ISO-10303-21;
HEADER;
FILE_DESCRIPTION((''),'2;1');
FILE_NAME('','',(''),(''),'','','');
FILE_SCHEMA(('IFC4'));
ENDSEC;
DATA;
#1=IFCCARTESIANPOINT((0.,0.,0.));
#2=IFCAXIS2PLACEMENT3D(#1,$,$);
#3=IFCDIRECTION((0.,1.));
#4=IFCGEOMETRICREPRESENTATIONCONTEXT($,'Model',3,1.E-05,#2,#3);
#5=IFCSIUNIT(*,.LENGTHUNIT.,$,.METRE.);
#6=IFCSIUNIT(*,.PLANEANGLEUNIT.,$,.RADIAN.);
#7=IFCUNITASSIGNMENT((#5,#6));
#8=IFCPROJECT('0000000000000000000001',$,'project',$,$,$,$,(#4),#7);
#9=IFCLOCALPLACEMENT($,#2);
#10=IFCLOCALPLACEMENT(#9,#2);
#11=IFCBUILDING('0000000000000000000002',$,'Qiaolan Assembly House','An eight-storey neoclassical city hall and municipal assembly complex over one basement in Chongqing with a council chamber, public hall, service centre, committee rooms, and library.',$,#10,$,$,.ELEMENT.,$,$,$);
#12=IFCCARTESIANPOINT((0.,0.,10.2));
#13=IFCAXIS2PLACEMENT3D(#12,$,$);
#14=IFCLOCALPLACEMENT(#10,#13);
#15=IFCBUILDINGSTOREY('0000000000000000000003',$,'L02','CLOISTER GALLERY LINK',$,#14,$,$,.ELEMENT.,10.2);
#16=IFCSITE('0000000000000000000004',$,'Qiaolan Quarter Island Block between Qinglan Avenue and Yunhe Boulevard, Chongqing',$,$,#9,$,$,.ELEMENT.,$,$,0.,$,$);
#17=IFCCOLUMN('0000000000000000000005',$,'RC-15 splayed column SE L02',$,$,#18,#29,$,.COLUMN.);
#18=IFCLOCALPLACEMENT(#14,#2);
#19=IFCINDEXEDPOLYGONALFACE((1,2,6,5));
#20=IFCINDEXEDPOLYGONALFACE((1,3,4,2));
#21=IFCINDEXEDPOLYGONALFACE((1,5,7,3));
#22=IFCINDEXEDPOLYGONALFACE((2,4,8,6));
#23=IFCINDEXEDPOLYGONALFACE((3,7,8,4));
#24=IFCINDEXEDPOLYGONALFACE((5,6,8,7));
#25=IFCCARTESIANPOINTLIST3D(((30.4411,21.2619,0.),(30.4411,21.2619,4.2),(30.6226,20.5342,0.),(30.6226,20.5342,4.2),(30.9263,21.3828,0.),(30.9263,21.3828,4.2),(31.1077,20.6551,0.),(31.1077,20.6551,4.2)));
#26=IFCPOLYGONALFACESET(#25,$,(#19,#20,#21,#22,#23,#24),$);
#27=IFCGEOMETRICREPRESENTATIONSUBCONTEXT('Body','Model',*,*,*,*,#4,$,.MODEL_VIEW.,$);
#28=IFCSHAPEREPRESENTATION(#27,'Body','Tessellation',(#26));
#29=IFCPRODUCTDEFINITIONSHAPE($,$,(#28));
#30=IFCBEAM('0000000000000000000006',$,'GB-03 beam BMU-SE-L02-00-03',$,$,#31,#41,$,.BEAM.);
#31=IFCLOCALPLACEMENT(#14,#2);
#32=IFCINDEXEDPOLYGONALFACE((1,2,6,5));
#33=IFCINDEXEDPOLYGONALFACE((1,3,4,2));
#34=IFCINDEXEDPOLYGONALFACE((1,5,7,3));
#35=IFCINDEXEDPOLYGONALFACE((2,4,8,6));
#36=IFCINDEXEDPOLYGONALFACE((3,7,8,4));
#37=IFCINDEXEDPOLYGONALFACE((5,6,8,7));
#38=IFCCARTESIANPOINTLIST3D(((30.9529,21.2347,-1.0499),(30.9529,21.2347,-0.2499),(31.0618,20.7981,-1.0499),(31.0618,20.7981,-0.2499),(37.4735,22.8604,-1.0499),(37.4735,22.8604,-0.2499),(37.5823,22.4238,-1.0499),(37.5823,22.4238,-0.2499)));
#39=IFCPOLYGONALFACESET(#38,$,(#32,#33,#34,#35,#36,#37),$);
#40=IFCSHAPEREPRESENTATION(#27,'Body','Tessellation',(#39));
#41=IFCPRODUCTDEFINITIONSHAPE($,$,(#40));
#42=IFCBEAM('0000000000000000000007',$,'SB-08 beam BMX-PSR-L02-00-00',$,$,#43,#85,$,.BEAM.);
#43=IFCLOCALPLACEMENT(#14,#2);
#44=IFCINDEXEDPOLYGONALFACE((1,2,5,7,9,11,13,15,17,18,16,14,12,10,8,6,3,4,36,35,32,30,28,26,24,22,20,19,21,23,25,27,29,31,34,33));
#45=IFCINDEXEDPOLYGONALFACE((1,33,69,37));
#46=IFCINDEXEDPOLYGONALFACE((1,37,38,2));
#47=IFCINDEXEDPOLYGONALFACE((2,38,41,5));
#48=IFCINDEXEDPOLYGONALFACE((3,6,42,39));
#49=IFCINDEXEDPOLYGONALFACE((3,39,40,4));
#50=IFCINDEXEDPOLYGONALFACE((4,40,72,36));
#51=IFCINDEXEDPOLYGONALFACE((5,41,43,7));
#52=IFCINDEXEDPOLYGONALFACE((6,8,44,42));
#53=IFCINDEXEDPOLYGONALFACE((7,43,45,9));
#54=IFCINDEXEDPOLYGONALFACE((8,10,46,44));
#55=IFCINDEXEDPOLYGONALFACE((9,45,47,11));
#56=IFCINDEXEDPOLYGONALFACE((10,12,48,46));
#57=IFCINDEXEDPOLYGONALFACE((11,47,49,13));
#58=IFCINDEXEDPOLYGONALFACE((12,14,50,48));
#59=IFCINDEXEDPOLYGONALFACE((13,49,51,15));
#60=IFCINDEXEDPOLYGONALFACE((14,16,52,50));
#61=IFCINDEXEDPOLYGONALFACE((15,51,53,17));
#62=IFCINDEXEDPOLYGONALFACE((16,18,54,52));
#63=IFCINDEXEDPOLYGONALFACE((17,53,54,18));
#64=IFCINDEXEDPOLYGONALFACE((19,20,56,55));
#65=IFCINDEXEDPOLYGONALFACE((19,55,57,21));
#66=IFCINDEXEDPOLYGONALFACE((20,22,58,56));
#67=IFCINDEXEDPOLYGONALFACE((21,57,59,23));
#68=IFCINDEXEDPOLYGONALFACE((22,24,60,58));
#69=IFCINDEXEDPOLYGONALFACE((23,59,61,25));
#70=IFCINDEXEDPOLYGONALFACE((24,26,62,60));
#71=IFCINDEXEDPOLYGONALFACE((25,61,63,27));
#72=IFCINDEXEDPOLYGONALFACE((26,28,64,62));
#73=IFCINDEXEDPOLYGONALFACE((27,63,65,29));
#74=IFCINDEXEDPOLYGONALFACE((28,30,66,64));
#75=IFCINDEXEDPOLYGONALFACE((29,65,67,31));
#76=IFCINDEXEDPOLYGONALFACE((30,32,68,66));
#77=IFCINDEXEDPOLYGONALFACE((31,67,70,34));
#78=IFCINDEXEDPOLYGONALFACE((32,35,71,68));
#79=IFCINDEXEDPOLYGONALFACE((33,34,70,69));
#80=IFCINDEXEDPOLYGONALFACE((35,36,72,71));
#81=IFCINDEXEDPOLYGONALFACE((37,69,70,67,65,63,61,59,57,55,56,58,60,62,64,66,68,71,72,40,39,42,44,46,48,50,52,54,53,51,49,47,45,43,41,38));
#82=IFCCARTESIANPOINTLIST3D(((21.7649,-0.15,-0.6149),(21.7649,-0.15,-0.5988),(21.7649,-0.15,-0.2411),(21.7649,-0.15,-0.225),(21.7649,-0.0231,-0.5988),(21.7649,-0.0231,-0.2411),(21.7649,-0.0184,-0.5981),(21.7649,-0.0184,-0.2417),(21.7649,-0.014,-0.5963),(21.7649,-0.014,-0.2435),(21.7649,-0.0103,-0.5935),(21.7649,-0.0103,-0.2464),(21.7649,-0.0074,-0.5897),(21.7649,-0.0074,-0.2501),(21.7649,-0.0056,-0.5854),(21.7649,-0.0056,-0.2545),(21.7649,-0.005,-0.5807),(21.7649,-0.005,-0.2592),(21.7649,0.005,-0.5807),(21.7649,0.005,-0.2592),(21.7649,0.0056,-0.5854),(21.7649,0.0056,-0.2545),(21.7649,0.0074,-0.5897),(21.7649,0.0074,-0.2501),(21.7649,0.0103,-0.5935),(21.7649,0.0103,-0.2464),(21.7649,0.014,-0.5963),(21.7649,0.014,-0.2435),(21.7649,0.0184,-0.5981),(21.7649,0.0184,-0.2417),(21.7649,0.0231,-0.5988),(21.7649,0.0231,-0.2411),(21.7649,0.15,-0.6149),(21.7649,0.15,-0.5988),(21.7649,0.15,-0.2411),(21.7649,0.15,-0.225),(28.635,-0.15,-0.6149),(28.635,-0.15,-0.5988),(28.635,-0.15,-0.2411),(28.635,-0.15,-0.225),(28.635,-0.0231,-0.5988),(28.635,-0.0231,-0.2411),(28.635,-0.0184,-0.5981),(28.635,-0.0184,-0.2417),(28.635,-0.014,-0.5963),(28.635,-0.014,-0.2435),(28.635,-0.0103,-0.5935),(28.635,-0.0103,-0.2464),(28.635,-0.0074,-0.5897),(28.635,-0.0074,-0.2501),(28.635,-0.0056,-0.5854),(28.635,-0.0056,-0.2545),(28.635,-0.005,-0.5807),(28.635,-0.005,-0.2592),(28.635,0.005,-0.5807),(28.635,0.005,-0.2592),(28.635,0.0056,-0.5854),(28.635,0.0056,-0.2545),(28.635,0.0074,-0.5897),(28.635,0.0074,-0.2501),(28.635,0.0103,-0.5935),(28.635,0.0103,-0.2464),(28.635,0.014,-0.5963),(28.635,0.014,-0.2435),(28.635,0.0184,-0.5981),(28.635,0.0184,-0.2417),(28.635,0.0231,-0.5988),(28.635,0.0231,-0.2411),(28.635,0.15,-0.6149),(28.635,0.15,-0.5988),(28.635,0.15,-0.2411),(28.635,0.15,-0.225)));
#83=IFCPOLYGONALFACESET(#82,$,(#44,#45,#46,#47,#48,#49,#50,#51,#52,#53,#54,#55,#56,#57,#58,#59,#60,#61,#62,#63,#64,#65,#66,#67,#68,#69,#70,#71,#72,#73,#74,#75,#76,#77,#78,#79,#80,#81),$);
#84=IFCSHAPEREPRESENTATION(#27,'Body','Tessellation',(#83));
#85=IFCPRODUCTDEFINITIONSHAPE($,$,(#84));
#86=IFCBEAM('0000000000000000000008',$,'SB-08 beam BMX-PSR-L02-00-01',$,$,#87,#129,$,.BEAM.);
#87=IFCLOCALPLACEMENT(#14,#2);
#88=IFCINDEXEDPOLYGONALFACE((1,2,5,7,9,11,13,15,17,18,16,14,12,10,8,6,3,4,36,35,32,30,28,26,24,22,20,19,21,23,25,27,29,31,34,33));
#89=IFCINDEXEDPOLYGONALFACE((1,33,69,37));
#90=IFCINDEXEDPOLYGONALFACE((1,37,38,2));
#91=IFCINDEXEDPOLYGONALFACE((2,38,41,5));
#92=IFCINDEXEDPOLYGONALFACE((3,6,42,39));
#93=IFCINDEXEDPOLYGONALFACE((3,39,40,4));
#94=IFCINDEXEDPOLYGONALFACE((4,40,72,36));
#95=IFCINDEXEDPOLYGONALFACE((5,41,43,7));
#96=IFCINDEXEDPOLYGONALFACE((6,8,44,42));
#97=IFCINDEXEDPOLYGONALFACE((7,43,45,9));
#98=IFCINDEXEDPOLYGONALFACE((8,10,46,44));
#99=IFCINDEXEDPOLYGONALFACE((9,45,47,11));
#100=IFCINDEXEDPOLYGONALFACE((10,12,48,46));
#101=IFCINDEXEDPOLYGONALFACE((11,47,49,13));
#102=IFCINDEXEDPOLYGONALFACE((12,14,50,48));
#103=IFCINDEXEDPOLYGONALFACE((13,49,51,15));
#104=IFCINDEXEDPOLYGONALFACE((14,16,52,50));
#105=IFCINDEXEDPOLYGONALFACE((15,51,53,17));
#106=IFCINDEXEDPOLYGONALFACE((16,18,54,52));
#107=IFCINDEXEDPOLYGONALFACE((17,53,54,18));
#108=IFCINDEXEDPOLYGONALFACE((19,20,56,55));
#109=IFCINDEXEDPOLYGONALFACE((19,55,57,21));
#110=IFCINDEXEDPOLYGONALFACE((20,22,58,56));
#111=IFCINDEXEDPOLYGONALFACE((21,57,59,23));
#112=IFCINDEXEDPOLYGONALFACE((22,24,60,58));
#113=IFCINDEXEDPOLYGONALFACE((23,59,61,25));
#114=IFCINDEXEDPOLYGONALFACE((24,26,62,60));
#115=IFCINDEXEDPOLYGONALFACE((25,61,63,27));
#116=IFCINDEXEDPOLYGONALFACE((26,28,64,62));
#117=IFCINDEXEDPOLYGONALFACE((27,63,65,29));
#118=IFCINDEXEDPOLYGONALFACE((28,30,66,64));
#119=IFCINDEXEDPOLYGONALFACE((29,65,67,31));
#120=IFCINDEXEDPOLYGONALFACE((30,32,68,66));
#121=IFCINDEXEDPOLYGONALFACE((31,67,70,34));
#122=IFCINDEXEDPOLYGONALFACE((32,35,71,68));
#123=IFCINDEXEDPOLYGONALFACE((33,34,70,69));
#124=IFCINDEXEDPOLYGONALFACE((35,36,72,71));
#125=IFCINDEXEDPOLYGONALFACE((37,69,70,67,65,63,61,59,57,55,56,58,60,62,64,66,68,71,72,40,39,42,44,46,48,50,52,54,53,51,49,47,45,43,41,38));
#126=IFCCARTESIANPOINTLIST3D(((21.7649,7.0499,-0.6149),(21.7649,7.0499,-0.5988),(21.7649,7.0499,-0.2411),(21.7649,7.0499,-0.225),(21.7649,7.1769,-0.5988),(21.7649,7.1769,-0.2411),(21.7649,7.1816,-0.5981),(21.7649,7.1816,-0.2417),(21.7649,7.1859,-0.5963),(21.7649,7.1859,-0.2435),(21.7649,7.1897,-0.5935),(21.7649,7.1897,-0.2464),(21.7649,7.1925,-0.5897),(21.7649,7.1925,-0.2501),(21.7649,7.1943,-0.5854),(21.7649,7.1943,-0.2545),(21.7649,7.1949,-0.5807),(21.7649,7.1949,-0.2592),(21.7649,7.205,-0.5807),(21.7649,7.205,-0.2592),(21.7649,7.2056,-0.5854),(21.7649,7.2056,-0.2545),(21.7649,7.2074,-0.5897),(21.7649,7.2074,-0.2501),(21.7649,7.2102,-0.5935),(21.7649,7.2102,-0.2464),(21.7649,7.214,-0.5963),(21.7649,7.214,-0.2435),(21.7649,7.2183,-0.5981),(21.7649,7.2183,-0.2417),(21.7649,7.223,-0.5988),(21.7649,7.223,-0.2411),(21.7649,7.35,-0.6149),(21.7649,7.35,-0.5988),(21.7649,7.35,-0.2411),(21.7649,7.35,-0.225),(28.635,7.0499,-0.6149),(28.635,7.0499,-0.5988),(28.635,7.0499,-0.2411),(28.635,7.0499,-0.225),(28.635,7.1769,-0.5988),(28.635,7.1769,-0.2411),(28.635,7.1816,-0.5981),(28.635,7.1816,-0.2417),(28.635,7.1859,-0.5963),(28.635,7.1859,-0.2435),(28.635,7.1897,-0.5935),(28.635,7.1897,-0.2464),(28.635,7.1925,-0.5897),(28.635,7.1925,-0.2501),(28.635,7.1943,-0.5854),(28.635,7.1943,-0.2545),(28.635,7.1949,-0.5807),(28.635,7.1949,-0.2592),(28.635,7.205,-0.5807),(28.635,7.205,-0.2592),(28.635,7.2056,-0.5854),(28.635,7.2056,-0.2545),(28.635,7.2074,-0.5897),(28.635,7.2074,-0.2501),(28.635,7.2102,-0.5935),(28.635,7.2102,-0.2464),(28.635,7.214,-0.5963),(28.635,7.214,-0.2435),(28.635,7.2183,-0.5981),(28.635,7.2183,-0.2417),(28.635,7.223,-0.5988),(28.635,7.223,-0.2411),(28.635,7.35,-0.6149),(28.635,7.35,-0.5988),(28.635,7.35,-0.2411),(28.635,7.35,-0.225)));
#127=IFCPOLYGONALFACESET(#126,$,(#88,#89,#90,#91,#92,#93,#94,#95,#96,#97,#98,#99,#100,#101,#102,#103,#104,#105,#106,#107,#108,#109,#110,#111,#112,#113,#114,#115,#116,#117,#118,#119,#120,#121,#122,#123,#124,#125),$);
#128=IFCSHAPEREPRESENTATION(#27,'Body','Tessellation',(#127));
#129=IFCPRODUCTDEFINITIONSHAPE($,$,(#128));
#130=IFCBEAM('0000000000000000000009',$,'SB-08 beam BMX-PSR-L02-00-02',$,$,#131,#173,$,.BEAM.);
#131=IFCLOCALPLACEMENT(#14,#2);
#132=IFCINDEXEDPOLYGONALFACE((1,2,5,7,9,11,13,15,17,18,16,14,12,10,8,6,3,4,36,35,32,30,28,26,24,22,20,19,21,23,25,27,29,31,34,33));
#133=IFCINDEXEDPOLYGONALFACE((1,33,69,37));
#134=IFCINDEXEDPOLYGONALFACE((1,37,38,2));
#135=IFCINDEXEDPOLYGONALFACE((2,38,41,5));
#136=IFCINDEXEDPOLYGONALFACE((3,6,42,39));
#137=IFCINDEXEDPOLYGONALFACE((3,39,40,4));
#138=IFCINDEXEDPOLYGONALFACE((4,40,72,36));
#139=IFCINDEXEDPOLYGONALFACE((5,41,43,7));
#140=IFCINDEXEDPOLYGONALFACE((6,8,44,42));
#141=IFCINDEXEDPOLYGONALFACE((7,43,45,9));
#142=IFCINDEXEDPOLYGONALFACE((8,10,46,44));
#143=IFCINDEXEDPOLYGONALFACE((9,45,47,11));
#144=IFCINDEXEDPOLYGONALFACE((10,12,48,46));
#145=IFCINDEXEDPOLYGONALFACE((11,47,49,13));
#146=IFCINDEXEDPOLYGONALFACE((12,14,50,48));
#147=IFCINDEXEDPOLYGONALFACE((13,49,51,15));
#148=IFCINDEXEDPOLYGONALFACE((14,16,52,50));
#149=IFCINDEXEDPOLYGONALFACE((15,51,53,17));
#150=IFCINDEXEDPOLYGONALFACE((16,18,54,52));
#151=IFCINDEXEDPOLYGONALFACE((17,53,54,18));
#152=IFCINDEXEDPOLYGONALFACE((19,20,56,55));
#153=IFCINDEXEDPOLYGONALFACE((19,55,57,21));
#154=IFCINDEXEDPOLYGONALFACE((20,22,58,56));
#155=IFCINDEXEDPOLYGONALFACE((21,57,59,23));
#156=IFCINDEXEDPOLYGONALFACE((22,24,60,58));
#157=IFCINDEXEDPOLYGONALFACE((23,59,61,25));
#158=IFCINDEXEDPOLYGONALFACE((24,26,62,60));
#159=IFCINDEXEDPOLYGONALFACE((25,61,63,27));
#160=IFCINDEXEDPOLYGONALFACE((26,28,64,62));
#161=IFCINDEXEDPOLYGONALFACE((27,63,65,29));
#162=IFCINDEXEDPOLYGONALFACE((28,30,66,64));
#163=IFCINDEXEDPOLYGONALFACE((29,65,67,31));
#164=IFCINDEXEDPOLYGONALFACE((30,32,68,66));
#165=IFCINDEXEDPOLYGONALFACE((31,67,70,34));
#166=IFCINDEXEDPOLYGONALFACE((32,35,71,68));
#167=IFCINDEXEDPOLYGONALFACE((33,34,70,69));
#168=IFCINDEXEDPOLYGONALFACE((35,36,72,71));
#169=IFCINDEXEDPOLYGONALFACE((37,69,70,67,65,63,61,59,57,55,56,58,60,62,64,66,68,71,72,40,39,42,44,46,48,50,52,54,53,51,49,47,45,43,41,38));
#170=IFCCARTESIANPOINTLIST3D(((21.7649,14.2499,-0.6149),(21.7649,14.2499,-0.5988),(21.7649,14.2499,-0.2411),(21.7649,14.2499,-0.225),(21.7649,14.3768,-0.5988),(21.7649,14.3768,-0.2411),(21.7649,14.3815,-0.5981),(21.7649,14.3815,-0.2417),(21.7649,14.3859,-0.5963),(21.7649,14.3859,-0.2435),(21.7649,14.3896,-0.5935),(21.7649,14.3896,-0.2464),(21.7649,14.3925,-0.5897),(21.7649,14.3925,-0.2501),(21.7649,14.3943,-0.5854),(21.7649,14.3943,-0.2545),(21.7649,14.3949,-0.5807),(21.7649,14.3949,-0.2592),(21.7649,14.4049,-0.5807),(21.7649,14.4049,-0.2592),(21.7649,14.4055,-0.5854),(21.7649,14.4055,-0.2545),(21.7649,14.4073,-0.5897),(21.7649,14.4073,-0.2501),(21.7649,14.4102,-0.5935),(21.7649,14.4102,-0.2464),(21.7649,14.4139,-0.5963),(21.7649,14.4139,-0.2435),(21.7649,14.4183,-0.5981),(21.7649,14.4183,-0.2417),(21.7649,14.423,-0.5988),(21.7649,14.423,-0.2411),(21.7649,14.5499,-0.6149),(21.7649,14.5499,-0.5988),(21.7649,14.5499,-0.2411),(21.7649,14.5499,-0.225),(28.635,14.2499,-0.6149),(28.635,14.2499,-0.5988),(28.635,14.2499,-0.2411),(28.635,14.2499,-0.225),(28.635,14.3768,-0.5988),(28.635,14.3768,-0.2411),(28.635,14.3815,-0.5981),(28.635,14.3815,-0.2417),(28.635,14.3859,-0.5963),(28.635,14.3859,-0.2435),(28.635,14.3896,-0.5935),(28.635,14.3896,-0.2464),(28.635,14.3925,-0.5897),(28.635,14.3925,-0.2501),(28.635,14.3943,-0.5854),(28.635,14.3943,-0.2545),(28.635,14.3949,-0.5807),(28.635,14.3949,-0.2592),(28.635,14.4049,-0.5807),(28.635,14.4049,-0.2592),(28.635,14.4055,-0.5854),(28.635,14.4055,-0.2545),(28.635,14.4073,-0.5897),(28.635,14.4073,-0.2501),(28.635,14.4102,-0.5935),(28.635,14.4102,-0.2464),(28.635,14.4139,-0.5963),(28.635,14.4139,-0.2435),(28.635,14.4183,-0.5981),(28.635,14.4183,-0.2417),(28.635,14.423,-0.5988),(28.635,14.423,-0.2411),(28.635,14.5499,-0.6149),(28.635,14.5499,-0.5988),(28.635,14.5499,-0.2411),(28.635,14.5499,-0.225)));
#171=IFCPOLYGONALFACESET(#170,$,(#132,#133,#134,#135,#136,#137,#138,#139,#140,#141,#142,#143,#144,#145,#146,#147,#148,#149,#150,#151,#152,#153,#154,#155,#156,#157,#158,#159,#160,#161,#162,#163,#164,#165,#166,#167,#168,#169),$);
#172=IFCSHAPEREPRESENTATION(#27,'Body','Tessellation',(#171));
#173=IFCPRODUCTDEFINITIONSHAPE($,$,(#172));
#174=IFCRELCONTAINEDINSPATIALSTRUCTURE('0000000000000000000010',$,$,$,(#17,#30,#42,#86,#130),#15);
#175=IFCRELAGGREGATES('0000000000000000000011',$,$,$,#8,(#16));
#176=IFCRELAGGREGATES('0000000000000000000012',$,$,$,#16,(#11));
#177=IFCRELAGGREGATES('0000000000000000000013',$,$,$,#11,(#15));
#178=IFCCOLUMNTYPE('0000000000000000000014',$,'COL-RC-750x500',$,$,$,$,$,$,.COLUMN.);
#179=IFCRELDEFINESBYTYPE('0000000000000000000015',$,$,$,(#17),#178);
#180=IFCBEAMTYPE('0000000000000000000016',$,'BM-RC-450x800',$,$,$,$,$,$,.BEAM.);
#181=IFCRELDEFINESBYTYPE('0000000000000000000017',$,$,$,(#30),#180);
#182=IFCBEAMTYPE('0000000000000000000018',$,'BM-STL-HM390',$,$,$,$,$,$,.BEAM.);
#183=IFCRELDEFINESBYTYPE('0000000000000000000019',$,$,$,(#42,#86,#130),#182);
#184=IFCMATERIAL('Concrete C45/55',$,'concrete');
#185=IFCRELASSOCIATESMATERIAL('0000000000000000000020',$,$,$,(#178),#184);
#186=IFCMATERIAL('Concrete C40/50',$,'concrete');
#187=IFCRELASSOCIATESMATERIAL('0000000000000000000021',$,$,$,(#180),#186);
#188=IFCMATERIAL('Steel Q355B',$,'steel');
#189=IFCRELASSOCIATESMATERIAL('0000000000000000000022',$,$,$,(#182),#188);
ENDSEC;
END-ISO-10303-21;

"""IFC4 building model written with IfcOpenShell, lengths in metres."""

from ifc_helpers import new_model, si_unit, direction, frame, origin, origin_2d, place, context, subcontext, project, spatial, rectangle, i_section, extrude, material, material_profile, profile_set, type_object, element, save


model = new_model("IFC4")

# Units and contexts
model_context = context("Model", 3, precision=1e-05, world=origin(), true_north=direction((0.0, 1.0)))
body_context = subcontext(model_context, "Body", "Model", "MODEL_VIEW")
ifc_project = project(units=[si_unit("LENGTHUNIT", "METRE"), si_unit("PLANEANGLEUNIT", "RADIAN")], contexts=[model_context])

# Site, building, storey
site_placement = place(None, origin())
site = spatial("IfcSite", under=ifc_project, at=site_placement, Name="Qiaolan Quarter Island Block between Qinglan Avenue and Yunhe Boulevard, Chongqing", CompositionType="ELEMENT", RefElevation=0.0)
building_placement = place(site_placement, origin())
building = spatial("IfcBuilding", under=site, at=building_placement, Name="Qiaolan Assembly House", Description="An eight-storey neoclassical city hall and municipal assembly complex over one basement in Chongqing with a council chamber, public hall, service centre, committee rooms, and library.", CompositionType="ELEMENT")
storey_placement = place(building_placement, frame((0.0, 0.0, 10.2)))
storey = spatial("IfcBuildingStorey", under=building, at=storey_placement, Name="L02", Description="CLOISTER GALLERY LINK", CompositionType="ELEMENT", Elevation=10.2)

# Column
ifc_material_1 = material(Name="Concrete C45/55", Category="concrete")
ifc_material_profile_1 = material_profile(ifc_material_1, rectangle(XDim=0.5, YDim=0.75, at=origin_2d()), Name="RC 750x500")
ifc_profile_set_1 = profile_set([ifc_material_profile_1], Name="Concrete C45/55")
column_type = type_object("IfcColumnType", Name="COL-RC-750x500", PredefinedType="COLUMN", material=ifc_profile_set_1)
column_placement = place(storey_placement, frame((30.7744, 20.9585, 0.0), z_axis=(0.0, 0.0, 1.0), x_axis=(0.970296, 0.241922, 0.0)))
element("IfcColumn", 1, at=column_placement, inside=storey, type_object=column_type, Name="RC-15 splayed column SE L02", PredefinedType="COLUMN", context=body_context, shape_type="SweptSolid", body=[
    extrude(rectangle(XDim=0.5, YDim=0.75, at=origin_2d()), origin(), (0.0, 0.0, 1.0), 4.2),
])

# Beams
ifc_material_2 = material(Name="Concrete C40/50", Category="concrete")
ifc_material_profile_2 = material_profile(ifc_material_2, rectangle(XDim=0.45, YDim=0.8, at=origin_2d()), Name="RCB 450x800")
ifc_profile_set_2 = profile_set([ifc_material_profile_2], Name="Concrete C40/50")
beam_type_1 = type_object("IfcBeamType", Name="BM-RC-450x800", PredefinedType="BEAM", material=ifc_profile_set_2)
beam_1_placement = place(storey_placement, frame((31.0073, 21.0164, -0.6499), z_axis=(0.970296, 0.24192, 0.0), x_axis=(-0.24192, 0.970296, 0.0)))
element("IfcBeam", 2, at=beam_1_placement, inside=storey, type_object=beam_type_1, Name="GB-03 beam BMU-SE-L02-00-03", PredefinedType="BEAM", context=body_context, shape_type="SweptSolid", body=[
    extrude(rectangle(XDim=0.45, YDim=0.8, at=origin_2d()), origin(), (0.0, 0.0, 1.0), 6.7202),
])
ifc_material_3 = material(Name="Steel Q355B", Category="steel")
ifc_material_profile_3 = material_profile(ifc_material_3, i_section(OverallWidth=0.3, OverallDepth=0.3899, WebThickness=0.01, FlangeThickness=0.0161, FilletRadius=0.0181, at=origin_2d()), Name="HM 390x300x10x16")
ifc_profile_set_3 = profile_set([ifc_material_profile_3], Name="Steel Q355B")
beam_type_2 = type_object("IfcBeamType", Name="BM-STL-HM390", PredefinedType="BEAM", material=ifc_profile_set_3)
for number, where, z_axis, x_axis, name in (
    (3, (21.7649, 0.0, -0.4199), (1.0, 0.0, 0.0), (0.0, 1.0, 0.0), "SB-08 beam BMX-PSR-L02-00-00"),
    (4, (21.7649, 7.2, -0.4199), (1.0, 0.0, 0.0), (0.0, 1.0, 0.0), "SB-08 beam BMX-PSR-L02-00-01"),
    (5, (21.7649, 14.3999, -0.4199), (1.0, 0.0, 0.0), (0.0, 1.0, 0.0), "SB-08 beam BMX-PSR-L02-00-02"),
):
    element("IfcBeam", number, at=place(storey_placement, frame(where, z_axis=z_axis, x_axis=x_axis)), inside=storey, type_object=beam_type_2, Name=name, PredefinedType="BEAM", context=body_context, shape_type="SweptSolid", body=[
        extrude(i_section(OverallWidth=0.3, OverallDepth=0.3899, WebThickness=0.01, FlangeThickness=0.0161, FilletRadius=0.0181, at=origin_2d()), origin(), (0.0, 0.0, 1.0), 6.8701),
    ])

save(model, "model.ifc")
